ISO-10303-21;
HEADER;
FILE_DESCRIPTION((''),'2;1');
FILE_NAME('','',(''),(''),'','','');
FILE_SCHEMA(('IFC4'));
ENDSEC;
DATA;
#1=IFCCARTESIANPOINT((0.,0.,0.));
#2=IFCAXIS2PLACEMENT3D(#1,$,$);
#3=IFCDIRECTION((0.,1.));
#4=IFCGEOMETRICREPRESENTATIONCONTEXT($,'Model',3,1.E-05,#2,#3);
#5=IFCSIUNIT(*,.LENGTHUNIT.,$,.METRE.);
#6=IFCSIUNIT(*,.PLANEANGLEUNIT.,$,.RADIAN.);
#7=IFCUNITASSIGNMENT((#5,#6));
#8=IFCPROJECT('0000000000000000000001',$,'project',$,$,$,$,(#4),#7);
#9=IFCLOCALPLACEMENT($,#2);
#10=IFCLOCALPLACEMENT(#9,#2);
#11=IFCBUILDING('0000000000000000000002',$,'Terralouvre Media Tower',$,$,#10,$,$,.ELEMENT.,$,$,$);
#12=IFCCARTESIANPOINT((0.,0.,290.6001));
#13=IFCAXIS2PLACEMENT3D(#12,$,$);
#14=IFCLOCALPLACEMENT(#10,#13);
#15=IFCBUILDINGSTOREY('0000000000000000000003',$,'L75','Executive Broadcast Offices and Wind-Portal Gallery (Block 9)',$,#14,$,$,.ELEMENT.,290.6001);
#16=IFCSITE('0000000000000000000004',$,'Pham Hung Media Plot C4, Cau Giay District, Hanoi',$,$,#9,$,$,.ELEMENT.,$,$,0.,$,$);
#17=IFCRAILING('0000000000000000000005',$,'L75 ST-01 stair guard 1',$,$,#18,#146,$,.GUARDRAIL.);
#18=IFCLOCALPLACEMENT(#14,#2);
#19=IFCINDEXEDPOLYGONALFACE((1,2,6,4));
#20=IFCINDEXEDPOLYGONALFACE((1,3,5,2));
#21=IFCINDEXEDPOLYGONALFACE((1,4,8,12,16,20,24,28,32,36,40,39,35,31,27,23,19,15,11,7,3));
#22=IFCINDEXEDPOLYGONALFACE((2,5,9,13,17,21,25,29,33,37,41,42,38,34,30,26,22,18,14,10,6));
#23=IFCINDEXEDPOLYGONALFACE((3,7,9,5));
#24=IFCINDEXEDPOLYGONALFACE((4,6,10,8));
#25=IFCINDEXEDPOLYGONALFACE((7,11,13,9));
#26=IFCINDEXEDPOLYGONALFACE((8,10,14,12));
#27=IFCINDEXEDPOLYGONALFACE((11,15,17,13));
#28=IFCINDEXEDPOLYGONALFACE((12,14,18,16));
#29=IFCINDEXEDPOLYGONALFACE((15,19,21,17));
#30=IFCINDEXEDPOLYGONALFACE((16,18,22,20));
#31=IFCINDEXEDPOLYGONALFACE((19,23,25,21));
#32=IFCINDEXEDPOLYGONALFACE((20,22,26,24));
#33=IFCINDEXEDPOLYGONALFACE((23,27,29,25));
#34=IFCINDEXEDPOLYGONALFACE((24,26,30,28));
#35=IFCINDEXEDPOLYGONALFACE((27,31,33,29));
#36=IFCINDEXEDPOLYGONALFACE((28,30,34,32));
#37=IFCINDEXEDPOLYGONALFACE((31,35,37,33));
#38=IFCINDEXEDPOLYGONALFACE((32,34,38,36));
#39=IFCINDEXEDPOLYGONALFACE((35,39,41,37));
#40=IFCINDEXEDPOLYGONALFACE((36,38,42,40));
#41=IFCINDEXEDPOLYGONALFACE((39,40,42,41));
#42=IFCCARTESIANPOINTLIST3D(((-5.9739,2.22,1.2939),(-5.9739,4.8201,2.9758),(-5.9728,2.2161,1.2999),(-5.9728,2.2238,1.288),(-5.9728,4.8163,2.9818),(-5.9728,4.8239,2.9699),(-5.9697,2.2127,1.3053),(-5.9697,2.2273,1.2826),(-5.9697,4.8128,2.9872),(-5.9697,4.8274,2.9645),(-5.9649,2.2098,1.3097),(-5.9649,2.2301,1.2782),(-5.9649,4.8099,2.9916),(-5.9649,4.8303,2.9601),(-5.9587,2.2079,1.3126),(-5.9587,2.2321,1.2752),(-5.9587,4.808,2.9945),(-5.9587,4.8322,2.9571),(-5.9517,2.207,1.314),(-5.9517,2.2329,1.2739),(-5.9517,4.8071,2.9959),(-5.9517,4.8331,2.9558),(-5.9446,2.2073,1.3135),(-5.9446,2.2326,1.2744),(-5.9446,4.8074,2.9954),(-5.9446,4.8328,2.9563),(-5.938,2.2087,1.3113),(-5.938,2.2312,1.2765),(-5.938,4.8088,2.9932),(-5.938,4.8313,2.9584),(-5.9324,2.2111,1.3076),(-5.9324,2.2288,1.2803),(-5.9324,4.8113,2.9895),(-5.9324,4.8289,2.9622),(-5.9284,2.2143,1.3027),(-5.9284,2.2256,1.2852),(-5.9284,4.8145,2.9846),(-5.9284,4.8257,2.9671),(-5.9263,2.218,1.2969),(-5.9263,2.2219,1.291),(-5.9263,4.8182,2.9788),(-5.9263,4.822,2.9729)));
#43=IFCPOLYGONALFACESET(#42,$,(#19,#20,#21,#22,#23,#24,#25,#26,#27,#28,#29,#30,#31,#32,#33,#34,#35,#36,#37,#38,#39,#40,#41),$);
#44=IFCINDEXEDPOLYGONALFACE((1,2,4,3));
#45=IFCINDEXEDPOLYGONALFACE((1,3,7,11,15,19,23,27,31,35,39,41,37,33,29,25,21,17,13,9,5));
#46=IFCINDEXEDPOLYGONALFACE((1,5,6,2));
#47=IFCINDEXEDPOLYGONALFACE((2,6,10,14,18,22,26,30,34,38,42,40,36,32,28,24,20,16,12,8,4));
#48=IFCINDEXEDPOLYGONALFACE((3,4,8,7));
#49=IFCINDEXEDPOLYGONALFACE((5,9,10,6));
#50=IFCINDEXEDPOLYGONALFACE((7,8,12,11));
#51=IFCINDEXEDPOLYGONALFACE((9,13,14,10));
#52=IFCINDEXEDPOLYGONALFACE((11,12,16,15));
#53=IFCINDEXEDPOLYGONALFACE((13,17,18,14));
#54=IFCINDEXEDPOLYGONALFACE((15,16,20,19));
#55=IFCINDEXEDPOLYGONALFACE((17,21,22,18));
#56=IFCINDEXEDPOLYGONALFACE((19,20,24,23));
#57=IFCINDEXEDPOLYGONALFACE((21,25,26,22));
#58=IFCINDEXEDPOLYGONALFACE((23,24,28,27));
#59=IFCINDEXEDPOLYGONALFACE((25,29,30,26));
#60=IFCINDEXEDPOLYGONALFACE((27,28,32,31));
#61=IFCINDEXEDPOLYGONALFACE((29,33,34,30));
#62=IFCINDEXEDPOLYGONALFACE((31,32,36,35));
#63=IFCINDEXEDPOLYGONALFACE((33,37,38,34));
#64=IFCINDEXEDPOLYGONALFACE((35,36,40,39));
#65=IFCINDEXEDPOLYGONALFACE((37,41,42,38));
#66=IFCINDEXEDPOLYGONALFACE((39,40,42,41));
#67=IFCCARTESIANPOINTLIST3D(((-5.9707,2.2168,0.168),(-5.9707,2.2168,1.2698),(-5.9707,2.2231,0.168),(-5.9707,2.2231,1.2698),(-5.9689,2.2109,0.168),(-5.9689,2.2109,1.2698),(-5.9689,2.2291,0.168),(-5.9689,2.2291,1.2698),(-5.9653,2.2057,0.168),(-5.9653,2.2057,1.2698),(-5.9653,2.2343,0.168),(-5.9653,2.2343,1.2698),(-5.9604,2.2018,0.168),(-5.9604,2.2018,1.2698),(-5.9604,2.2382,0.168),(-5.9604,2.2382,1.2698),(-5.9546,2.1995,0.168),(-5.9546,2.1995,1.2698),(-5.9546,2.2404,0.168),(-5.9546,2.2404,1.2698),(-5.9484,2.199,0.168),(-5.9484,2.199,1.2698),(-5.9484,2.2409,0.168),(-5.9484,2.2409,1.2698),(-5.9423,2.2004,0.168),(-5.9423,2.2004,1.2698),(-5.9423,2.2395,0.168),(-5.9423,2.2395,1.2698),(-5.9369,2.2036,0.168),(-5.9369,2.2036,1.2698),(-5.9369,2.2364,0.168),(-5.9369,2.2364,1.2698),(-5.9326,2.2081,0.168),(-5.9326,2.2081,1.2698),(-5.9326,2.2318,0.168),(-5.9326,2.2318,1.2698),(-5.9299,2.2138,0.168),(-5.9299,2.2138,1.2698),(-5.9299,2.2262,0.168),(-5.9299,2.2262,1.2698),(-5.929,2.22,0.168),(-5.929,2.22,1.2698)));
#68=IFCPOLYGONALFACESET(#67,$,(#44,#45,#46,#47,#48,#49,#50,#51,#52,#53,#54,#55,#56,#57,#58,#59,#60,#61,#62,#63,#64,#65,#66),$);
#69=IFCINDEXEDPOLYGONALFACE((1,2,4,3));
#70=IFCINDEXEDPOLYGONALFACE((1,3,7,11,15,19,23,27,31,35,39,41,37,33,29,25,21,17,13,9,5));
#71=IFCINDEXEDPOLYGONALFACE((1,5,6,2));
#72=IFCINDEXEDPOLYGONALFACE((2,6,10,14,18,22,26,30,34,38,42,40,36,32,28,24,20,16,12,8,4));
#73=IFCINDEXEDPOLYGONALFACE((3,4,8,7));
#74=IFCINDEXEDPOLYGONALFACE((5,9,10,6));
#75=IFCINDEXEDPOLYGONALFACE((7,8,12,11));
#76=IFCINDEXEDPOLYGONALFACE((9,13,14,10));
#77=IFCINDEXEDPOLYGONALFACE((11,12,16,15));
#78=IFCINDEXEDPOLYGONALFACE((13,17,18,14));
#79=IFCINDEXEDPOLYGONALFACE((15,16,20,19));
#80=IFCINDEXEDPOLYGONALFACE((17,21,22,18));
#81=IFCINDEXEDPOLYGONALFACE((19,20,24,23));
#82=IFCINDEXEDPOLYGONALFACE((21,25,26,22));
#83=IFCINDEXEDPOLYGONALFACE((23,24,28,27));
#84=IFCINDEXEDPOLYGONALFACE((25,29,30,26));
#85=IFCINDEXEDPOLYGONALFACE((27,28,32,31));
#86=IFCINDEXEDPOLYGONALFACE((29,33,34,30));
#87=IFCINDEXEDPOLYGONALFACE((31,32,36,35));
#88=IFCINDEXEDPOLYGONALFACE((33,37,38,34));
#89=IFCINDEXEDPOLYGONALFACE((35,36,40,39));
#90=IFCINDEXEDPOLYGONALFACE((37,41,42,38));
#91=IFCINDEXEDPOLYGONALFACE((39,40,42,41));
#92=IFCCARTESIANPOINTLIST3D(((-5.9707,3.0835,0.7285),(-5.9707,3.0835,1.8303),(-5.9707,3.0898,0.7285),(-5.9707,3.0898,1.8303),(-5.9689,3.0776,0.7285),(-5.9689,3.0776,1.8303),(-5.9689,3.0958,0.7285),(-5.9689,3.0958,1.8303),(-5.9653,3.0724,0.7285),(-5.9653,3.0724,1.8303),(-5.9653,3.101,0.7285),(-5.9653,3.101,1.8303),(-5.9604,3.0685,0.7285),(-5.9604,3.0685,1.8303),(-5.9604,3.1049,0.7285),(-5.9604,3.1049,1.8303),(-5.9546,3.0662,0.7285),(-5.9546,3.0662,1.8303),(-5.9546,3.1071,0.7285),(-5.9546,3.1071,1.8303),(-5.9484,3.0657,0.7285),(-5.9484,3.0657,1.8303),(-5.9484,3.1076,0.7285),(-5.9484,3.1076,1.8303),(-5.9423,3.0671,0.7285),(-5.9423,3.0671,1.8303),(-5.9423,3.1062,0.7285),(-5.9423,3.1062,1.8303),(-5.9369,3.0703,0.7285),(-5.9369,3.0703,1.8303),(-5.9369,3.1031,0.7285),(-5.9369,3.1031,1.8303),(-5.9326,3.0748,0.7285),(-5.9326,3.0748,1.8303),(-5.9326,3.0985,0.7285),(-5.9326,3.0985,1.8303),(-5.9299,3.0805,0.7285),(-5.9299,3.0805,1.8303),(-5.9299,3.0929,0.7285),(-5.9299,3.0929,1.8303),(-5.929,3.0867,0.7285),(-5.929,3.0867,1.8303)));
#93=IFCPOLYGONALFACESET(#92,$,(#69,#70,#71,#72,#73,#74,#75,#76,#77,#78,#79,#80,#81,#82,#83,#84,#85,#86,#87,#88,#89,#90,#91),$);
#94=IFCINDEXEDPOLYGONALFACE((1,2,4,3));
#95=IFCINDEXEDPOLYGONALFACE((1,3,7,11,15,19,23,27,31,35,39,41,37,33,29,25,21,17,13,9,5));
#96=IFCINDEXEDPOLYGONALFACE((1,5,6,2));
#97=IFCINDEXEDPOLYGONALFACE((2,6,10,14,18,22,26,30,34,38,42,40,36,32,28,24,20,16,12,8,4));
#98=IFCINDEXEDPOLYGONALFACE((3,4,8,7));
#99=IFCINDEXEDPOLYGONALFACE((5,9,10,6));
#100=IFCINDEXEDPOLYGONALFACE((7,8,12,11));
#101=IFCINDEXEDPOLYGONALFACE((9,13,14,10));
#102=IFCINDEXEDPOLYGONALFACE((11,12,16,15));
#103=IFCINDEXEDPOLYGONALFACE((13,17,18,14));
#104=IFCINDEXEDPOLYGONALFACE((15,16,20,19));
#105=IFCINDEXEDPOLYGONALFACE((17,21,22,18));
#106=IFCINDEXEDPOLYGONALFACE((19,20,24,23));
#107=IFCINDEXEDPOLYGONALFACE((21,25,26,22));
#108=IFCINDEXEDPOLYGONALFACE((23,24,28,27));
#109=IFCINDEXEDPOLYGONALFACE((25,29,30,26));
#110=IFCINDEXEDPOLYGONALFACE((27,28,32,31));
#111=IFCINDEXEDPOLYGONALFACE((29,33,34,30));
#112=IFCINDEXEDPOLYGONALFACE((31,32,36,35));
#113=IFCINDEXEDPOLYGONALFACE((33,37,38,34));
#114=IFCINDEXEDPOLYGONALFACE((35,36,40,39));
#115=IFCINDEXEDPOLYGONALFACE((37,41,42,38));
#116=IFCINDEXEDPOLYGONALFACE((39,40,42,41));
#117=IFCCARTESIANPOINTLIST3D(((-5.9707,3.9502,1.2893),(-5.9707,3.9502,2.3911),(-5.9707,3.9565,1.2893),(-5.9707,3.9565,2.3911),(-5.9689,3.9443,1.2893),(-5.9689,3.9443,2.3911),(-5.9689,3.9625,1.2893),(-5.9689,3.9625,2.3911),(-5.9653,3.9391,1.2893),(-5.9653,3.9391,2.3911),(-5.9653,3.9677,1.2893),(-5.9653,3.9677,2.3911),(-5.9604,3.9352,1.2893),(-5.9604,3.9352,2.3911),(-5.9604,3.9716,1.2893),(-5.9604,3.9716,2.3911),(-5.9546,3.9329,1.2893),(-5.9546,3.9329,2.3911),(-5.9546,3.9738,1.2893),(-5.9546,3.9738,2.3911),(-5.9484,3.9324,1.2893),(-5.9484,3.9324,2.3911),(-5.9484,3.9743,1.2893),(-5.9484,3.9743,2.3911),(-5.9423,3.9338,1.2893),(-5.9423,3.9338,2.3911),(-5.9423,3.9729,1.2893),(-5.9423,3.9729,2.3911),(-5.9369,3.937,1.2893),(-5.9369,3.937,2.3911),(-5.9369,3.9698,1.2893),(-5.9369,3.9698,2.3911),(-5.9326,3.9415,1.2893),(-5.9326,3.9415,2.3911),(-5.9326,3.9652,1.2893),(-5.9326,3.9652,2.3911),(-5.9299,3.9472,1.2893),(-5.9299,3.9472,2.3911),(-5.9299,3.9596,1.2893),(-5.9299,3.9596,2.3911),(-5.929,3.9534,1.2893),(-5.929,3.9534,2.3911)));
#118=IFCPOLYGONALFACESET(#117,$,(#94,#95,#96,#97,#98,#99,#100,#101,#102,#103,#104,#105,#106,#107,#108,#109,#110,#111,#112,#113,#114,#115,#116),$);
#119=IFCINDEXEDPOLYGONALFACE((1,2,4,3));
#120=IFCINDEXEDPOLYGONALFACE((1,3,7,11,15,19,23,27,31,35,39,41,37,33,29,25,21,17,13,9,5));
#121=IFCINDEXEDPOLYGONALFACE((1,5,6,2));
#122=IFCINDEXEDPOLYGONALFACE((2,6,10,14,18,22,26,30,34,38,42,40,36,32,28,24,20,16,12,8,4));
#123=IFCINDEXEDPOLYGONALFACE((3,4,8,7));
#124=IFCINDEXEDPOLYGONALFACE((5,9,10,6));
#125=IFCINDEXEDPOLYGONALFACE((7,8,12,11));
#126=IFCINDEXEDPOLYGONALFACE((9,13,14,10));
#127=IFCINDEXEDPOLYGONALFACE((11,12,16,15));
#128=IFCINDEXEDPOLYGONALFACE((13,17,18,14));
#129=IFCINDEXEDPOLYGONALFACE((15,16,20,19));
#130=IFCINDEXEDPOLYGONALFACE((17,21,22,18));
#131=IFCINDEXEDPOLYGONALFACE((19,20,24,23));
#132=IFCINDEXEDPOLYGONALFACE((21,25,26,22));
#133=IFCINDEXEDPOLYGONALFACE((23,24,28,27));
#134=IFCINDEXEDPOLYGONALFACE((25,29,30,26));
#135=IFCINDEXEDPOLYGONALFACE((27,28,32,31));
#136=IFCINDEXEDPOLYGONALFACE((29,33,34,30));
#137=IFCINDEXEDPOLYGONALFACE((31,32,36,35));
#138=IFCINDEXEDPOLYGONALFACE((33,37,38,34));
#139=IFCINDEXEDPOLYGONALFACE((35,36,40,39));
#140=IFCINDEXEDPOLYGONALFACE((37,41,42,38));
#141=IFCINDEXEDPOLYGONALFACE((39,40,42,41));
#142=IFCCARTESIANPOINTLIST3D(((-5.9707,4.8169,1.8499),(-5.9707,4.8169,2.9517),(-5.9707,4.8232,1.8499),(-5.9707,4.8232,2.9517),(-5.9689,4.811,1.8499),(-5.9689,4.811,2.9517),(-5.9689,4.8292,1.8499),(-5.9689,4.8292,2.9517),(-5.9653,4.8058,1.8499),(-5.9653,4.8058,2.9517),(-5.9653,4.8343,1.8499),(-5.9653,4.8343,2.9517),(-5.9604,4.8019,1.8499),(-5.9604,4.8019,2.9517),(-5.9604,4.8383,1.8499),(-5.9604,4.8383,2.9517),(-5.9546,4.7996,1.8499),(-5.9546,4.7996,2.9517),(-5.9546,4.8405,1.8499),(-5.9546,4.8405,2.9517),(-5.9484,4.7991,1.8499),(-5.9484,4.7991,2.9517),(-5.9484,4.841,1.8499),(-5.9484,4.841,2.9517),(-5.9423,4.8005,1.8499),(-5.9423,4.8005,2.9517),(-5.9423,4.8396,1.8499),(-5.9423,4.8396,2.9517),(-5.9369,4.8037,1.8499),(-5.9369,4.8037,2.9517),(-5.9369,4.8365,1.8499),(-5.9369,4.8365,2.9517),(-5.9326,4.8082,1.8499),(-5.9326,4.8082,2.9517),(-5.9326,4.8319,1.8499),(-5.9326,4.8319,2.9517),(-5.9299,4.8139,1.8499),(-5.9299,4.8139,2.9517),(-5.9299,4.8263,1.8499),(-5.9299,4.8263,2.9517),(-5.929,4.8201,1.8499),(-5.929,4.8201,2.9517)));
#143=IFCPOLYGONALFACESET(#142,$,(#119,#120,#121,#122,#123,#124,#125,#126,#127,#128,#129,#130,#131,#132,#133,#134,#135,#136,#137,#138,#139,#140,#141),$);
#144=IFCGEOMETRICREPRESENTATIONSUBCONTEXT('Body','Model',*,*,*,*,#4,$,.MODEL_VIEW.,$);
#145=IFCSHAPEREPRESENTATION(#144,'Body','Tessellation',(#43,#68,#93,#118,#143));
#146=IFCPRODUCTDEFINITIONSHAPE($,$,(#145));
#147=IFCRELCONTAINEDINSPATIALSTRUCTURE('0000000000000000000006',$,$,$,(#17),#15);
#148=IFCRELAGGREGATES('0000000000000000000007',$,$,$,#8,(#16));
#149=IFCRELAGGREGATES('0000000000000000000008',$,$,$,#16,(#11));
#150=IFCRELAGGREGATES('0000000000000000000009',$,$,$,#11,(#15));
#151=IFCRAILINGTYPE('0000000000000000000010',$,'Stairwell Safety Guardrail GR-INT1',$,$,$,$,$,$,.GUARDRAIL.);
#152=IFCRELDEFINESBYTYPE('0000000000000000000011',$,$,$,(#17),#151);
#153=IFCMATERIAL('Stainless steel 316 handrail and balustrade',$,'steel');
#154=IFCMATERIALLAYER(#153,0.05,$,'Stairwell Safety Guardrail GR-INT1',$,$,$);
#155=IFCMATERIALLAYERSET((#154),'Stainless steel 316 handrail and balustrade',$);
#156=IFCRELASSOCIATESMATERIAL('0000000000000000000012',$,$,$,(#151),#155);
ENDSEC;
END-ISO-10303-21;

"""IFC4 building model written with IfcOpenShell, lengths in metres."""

from ifc_helpers import new_model, si_unit, direction, frame, origin, origin_2d, place, context, subcontext, project, spatial, circle, extrude, material, layer, layer_set, type_object, element, save


model = new_model("IFC4")

# Units and contexts
model_context = context("Model", 3, precision=1e-05, world=origin(), true_north=direction((0.0, 1.0)))
body_context = subcontext(model_context, "Body", "Model", "MODEL_VIEW")
ifc_project = project(units=[si_unit("LENGTHUNIT", "METRE"), si_unit("PLANEANGLEUNIT", "RADIAN")], contexts=[model_context])

# Site, building, storey
site_placement = place(None, origin())
site = spatial("IfcSite", under=ifc_project, at=site_placement, Name="Pham Hung Media Plot C4, Cau Giay District, Hanoi", CompositionType="ELEMENT", RefElevation=0.0)
building_placement = place(site_placement, origin())
building = spatial("IfcBuilding", under=site, at=building_placement, Name="Terralouvre Media Tower", CompositionType="ELEMENT")
storey_placement = place(building_placement, frame((0.0, 0.0, 290.6001)))
storey = spatial("IfcBuildingStorey", under=building, at=storey_placement, Name="L75", Description="Executive Broadcast Offices and Wind-Portal Gallery (Block 9)", CompositionType="ELEMENT", Elevation=290.6001)

# Railing
ifc_material_1 = material(Name="Stainless steel 316 handrail and balustrade", Category="steel")
ifc_layer_1 = layer(ifc_material_1, 0.05, Name="Stairwell Safety Guardrail GR-INT1")
ifc_layer_set_1 = layer_set([ifc_layer_1], Name="Stainless steel 316 handrail and balustrade")
railing_type_1 = type_object("IfcRailingType", Name="Stairwell Safety Guardrail GR-INT1", PredefinedType="GUARDRAIL", material=ifc_layer_set_1)
railing_1_placement = place(storey_placement, frame((-5.95, 2.22, 0.168)))
element("IfcRailing", 1, at=railing_1_placement, inside=storey, type_object=railing_type_1, Name="L75 ST-01 stair guard 1", PredefinedType="GUARDRAIL", context=body_context, shape_type="SweptSolid", body=[
    extrude(circle(Radius=0.0239, at=origin_2d()), frame((0.0, 0.0, 1.126), z_axis=(0.0, 0.839648, 0.54313), x_axis=(-1.0, 0.0, 0.0)), (0.0, 0.0, 1.0), 3.0967),
    extrude(circle(Radius=0.021, at=origin_2d()), origin(), (0.0, 0.0, 1.0), 1.1018),
    extrude(circle(Radius=0.021, at=origin_2d()), frame((0.0, 0.8667, 0.5605)), (0.0, 0.0, 1.0), 1.1018),
    extrude(circle(Radius=0.021, at=origin_2d()), frame((0.0, 1.7334, 1.1213)), (0.0, 0.0, 1.0), 1.1018),
    extrude(circle(Radius=0.021, at=origin_2d()), frame((0.0, 2.6001, 1.6819)), (0.0, 0.0, 1.0), 1.1018),
])

save(model, "model.ifc")
